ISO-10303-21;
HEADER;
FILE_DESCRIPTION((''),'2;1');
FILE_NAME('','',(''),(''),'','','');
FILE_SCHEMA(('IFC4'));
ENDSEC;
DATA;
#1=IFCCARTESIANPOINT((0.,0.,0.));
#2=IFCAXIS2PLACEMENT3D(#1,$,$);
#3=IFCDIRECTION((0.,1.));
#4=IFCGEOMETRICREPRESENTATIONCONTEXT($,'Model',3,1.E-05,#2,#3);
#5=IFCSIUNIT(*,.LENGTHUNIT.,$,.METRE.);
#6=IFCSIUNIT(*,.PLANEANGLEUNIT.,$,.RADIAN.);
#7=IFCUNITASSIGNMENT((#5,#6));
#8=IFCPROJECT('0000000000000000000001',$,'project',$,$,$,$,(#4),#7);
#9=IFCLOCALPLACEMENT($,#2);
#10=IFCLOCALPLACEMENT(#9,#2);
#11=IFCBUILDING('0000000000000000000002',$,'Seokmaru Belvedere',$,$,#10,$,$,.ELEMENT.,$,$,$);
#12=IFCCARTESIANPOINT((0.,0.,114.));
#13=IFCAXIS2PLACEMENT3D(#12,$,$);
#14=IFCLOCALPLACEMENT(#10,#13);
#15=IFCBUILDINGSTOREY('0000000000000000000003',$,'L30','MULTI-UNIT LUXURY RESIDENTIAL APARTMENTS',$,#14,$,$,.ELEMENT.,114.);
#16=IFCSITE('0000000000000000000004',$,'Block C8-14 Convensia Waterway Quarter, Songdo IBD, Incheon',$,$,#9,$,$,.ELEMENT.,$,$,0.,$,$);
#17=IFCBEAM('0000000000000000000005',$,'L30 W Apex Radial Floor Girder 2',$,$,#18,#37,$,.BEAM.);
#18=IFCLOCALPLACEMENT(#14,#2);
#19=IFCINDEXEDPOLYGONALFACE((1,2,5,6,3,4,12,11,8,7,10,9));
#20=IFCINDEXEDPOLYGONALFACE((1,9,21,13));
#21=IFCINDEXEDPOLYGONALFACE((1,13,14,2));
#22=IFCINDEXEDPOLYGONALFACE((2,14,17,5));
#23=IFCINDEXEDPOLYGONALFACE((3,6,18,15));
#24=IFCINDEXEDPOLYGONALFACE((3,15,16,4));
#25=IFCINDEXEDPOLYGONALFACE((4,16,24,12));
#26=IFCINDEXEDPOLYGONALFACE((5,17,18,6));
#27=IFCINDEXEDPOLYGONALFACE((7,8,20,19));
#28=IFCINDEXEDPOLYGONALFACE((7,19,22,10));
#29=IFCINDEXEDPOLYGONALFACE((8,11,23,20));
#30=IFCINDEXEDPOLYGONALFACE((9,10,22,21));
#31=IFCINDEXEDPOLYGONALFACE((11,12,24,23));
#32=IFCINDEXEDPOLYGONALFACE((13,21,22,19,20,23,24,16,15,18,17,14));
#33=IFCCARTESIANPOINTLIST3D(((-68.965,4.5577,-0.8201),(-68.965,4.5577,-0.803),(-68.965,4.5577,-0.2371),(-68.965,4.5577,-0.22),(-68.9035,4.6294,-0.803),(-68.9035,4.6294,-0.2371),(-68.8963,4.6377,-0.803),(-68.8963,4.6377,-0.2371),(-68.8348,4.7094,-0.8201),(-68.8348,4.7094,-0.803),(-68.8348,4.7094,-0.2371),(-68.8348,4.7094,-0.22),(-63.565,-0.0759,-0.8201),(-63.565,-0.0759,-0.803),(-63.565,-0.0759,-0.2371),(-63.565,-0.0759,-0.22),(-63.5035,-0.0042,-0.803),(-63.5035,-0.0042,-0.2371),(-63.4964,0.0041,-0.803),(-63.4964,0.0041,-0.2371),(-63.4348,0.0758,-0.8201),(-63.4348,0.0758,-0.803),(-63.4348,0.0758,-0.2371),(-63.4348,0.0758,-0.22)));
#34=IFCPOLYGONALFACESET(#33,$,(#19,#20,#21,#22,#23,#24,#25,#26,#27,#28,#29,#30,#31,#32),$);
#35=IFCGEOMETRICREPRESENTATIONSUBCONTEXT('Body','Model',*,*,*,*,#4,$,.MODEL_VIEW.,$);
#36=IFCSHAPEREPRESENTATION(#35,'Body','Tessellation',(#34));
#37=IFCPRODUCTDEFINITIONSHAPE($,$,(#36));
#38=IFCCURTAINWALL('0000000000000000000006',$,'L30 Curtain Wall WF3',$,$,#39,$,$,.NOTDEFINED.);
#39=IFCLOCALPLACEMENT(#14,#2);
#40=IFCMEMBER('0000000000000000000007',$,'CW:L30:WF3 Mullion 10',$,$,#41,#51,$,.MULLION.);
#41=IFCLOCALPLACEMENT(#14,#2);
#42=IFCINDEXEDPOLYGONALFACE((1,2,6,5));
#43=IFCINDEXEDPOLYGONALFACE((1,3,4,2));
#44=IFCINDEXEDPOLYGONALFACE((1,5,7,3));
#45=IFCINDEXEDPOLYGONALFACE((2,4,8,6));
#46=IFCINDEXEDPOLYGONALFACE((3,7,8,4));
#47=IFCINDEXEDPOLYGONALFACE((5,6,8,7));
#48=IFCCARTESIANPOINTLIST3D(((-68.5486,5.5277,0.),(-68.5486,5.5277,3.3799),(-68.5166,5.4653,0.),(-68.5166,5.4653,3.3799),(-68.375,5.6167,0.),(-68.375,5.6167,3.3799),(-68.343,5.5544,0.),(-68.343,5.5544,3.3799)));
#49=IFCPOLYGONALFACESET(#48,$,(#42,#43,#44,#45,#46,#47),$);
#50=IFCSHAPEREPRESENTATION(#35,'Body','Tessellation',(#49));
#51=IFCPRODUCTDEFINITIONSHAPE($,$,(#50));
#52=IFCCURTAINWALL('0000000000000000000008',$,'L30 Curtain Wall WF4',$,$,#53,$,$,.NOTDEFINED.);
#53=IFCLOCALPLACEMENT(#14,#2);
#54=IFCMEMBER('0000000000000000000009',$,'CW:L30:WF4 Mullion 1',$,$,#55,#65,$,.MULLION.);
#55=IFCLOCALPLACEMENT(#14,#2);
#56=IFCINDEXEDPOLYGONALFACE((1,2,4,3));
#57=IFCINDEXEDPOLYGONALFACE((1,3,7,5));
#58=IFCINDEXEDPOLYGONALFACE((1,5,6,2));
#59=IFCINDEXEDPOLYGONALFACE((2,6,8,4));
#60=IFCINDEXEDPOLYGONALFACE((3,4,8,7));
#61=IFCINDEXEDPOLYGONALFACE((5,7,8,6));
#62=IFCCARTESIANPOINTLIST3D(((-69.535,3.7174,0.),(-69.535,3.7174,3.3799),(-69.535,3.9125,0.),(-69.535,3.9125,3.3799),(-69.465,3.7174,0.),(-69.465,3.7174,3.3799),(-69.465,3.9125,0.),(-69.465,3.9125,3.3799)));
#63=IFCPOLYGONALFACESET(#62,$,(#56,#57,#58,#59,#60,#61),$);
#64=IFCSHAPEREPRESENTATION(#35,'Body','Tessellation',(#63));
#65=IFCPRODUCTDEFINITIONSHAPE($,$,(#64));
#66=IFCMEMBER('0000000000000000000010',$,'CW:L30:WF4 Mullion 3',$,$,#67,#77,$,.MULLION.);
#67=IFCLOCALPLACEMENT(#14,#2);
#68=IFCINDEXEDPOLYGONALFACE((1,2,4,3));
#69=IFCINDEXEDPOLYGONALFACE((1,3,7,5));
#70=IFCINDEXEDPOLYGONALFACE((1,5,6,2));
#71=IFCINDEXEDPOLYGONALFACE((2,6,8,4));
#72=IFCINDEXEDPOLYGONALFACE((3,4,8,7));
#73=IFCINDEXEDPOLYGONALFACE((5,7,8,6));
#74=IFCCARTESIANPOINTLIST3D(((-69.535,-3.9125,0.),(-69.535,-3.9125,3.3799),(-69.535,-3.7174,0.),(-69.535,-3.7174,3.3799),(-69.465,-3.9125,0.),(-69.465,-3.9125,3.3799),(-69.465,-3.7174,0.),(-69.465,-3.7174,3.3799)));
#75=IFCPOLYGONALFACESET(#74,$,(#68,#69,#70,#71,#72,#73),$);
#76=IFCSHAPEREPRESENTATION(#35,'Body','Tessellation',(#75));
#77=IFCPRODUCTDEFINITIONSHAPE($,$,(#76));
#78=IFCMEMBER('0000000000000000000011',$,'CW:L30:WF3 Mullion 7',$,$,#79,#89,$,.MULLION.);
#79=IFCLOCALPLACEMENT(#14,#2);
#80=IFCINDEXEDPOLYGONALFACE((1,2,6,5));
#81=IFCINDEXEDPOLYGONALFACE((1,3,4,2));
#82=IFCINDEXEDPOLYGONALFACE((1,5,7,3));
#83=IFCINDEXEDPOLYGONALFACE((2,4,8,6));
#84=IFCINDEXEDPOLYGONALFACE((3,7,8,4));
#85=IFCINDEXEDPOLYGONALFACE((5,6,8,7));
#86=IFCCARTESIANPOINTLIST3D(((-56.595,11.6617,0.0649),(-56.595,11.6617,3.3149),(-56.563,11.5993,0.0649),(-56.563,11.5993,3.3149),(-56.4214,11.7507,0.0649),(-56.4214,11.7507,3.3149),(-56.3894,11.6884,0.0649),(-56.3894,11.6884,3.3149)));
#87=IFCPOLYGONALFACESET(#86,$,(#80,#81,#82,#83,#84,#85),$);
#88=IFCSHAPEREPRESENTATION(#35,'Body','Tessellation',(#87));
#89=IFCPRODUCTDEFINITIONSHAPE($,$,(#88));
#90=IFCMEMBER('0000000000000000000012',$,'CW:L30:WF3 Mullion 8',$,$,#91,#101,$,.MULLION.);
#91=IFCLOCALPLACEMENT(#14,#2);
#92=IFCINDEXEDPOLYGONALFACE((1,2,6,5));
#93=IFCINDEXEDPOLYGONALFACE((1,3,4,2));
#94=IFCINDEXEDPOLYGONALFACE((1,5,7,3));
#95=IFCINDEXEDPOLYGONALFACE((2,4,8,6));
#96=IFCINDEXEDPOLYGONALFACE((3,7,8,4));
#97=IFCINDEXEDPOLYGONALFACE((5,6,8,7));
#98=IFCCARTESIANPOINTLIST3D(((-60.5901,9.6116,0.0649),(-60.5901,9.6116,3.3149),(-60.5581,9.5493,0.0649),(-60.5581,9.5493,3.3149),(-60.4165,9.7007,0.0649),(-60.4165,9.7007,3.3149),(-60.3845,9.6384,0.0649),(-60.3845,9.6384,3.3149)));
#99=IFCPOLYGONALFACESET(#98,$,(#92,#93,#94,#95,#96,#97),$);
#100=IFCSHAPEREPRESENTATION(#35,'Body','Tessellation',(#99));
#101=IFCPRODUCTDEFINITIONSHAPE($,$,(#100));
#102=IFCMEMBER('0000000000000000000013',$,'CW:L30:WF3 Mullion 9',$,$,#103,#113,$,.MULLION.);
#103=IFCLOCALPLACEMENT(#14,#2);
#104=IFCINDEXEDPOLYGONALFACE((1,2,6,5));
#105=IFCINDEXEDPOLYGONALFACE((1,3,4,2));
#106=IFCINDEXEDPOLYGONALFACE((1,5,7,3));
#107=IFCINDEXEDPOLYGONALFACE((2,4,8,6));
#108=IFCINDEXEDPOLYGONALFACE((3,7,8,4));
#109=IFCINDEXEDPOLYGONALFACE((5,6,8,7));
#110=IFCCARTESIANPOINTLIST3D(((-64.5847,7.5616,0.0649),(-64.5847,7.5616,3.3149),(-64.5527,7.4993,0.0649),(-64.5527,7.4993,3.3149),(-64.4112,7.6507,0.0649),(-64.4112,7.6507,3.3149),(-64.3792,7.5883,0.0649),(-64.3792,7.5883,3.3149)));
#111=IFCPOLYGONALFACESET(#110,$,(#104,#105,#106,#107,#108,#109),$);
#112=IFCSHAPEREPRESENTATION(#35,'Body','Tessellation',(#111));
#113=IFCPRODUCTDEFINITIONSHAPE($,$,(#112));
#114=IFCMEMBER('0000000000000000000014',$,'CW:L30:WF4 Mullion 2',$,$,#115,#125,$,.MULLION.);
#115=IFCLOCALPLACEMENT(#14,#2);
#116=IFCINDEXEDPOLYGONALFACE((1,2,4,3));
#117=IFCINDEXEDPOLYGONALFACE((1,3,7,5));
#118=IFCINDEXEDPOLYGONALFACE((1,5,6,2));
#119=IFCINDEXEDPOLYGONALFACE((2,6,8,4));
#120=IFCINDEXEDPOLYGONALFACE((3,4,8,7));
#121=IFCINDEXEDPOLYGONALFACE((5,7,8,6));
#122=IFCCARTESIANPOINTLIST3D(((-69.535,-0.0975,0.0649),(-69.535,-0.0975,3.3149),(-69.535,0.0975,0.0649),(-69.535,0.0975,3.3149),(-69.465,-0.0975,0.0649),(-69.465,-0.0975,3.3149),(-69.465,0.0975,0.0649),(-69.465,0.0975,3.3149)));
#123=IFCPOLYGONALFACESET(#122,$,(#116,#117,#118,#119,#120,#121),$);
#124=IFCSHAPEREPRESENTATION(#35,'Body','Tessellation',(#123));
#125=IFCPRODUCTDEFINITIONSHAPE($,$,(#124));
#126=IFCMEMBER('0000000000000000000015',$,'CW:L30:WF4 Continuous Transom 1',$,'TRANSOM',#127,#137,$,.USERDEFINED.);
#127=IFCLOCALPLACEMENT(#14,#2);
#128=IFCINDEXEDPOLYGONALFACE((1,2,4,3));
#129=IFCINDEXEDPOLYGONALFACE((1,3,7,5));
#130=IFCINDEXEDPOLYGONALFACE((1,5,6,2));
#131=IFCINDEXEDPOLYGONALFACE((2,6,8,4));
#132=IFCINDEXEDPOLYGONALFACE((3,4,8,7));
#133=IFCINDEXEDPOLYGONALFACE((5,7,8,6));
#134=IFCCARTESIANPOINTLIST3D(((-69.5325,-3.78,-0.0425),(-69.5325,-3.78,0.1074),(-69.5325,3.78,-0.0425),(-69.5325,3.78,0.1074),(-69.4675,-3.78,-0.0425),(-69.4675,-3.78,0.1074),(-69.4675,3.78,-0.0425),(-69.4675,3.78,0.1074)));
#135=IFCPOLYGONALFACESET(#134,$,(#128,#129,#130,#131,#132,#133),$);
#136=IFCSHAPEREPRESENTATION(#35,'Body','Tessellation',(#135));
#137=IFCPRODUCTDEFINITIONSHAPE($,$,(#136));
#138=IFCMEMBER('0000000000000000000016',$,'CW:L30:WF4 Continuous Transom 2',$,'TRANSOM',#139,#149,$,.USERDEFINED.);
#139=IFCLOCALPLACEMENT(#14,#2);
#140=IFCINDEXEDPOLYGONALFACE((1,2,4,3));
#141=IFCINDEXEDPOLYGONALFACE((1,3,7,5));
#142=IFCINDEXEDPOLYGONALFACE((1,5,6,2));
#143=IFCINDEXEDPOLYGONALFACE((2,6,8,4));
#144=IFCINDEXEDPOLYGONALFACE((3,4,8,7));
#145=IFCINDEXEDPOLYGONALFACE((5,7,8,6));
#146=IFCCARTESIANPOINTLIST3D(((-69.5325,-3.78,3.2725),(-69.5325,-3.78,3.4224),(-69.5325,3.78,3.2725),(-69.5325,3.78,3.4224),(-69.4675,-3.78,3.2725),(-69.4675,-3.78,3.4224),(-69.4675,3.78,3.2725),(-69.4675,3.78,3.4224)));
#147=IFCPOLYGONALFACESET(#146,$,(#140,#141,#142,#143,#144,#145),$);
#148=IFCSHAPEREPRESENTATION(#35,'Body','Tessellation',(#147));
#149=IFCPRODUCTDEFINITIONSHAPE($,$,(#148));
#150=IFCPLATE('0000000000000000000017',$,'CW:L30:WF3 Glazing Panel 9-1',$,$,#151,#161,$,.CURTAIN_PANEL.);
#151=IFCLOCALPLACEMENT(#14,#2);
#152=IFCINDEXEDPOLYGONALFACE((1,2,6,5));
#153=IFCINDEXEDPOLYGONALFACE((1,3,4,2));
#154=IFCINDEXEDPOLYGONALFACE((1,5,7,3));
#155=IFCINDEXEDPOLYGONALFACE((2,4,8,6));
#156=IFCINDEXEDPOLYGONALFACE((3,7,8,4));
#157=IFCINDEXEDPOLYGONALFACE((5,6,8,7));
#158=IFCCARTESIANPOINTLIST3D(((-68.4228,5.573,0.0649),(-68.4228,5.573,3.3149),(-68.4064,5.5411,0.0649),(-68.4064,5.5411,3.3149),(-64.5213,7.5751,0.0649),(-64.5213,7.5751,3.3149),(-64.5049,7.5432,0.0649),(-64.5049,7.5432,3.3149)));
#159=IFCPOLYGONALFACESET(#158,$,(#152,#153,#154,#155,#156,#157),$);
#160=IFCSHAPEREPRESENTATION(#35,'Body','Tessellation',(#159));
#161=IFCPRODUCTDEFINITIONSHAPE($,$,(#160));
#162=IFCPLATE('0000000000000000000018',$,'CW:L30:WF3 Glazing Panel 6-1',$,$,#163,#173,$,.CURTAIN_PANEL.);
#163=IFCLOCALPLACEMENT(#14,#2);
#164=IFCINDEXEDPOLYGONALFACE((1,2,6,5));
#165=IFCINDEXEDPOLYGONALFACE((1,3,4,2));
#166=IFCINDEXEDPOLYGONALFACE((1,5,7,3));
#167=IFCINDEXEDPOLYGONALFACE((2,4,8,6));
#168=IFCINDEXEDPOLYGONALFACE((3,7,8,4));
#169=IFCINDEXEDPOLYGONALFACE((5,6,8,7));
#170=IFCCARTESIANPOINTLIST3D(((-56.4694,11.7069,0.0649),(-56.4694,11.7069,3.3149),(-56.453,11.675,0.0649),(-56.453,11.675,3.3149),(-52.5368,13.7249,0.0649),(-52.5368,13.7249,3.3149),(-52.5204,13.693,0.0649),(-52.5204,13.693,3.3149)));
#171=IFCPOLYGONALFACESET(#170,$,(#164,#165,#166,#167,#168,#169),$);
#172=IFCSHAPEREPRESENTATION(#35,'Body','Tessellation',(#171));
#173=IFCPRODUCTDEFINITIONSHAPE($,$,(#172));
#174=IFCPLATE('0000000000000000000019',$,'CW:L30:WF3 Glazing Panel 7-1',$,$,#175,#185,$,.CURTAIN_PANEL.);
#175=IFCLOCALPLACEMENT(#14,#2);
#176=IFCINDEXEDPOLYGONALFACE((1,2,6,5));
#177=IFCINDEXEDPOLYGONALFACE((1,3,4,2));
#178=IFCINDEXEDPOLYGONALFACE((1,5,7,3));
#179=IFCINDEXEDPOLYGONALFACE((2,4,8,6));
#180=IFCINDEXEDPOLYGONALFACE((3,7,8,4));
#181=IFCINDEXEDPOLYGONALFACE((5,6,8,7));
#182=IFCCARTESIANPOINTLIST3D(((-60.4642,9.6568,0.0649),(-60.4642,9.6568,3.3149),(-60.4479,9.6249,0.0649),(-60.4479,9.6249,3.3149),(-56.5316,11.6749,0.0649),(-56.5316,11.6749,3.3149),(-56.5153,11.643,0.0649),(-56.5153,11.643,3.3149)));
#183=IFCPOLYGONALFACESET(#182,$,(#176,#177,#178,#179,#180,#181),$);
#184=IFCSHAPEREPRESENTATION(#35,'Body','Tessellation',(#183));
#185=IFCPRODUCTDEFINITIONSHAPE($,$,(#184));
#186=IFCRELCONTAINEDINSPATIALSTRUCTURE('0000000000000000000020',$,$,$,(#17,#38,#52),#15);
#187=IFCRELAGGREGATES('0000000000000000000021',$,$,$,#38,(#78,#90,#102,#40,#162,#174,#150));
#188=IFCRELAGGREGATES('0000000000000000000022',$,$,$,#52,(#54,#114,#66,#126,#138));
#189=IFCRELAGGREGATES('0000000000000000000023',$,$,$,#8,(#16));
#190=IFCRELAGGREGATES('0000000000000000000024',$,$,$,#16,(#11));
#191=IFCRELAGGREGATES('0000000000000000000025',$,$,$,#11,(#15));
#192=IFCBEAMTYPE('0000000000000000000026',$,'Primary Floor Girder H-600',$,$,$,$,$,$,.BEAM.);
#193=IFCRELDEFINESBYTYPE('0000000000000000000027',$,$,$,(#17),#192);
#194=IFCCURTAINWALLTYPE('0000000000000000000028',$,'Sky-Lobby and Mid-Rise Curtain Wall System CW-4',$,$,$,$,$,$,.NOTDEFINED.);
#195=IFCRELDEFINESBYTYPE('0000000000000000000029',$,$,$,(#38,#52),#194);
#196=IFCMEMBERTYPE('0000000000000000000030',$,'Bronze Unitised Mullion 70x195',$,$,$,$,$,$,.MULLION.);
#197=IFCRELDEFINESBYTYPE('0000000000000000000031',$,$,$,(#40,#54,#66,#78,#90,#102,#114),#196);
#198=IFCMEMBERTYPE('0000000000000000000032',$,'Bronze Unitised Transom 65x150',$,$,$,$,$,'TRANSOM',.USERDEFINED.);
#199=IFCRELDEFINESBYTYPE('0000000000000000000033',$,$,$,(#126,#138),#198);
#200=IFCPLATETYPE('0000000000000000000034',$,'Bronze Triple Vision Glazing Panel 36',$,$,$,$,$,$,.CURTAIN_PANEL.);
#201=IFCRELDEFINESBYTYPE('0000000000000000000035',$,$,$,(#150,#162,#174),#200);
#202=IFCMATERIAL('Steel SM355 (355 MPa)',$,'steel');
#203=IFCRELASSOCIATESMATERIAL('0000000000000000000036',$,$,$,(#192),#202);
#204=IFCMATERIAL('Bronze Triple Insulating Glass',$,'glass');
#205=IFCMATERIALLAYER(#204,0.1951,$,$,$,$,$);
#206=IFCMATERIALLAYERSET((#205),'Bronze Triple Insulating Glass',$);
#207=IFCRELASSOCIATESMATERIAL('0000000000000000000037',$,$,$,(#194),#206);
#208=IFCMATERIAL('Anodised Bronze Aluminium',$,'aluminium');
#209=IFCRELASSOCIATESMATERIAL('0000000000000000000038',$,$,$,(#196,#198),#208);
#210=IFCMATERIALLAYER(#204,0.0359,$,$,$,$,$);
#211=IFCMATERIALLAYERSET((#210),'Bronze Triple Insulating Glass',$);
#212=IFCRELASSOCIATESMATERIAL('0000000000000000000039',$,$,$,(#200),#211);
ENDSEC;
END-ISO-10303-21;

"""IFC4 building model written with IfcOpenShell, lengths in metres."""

from ifc_helpers import new_model, si_unit, direction, frame, origin, origin_2d, place, context, subcontext, project, spatial, rectangle, i_section, extrude, source, transform, mapped, material, layer, layer_set, material_profile, profile_set, type_object, type_shapes, element, aggregate, save


model = new_model("IFC4")

# Units and contexts
model_context = context("Model", 3, precision=1e-05, world=origin(), true_north=direction((0.0, 1.0)))
body_context = subcontext(model_context, "Body", "Model", "MODEL_VIEW")
ifc_project = project(units=[si_unit("LENGTHUNIT", "METRE"), si_unit("PLANEANGLEUNIT", "RADIAN")], contexts=[model_context])

# Site, building, storey
site_placement = place(None, origin())
site = spatial("IfcSite", under=ifc_project, at=site_placement, Name="Block C8-14 Convensia Waterway Quarter, Songdo IBD, Incheon", CompositionType="ELEMENT", RefElevation=0.0)
building_placement = place(site_placement, origin())
building = spatial("IfcBuilding", under=site, at=building_placement, Name="Seokmaru Belvedere", CompositionType="ELEMENT")
storey_placement = place(building_placement, frame((0.0, 0.0, 114.0)))
storey = spatial("IfcBuildingStorey", under=building, at=storey_placement, Name="L30", Description="MULTI-UNIT LUXURY RESIDENTIAL APARTMENTS", CompositionType="ELEMENT", Elevation=114.0)

# Shared definitions
ifc_material_1 = material(Name="Steel SM355 (355 MPa)", Category="steel")

# Beam
ifc_material_profile_1 = material_profile(ifc_material_1, i_section(OverallWidth=0.2, OverallDepth=0.6001, WebThickness=0.011, FlangeThickness=0.0171, at=origin_2d()), Name="H-600x200x11x17")
ifc_profile_set_1 = profile_set([ifc_material_profile_1], Name="Steel SM355 (355 MPa)")
beam_type_1 = type_object("IfcBeamType", Name="Primary Floor Girder H-600", PredefinedType="BEAM", material=ifc_profile_set_1)
shared_shape_1 = source(origin(), body_context, "Body", "SweptSolid", [
    extrude(i_section(OverallWidth=0.2, OverallDepth=0.6001, WebThickness=0.011, FlangeThickness=0.0171, at=origin_2d()), origin(), (0.0, 0.0, 1.0), 7.1155),
])
beam_1_placement = place(storey_placement, frame((-68.8999, 4.6335, -0.52), z_axis=(0.758905, -0.651201, 0.0), x_axis=(0.651201, 0.758905, 0.0)))
element("IfcBeam", 1, at=beam_1_placement, inside=storey, type_object=beam_type_1, Name="L30 W Apex Radial Floor Girder 2", PredefinedType="BEAM", context=body_context, shape_type="MappedRepresentation", body=[
    mapped(shared_shape_1, transform((0.0, 0.0, 0.0), scale=1.0)),
])

# Curtain wall, member
ifc_material_2 = material(Name="Bronze Triple Insulating Glass", Category="glass")
ifc_layer_1 = layer(ifc_material_2, 0.1951)
ifc_layer_set_1 = layer_set([ifc_layer_1], Name="Bronze Triple Insulating Glass")
curtain_wall_type = type_object("IfcCurtainWallType", Name="Sky-Lobby and Mid-Rise Curtain Wall System CW-4", PredefinedType="NOTDEFINED", material=ifc_layer_set_1)
curtain_wall_1_placement = place(storey_placement, origin())
curtain_wall_1 = element("IfcCurtainWall", 2, at=curtain_wall_1_placement, inside=storey, type_object=curtain_wall_type, Name="L30 Curtain Wall WF3", PredefinedType="NOTDEFINED")
ifc_material_3 = material(Name="Anodised Bronze Aluminium", Category="aluminium")
ifc_material_profile_2 = material_profile(ifc_material_3, rectangle(XDim=0.0701, YDim=0.1951, at=origin_2d()), Name="CW-M-70x195")
ifc_profile_set_2 = profile_set([ifc_material_profile_2], Name="Anodised Bronze Aluminium")
member_type_1 = type_object("IfcMemberType", Name="Bronze Unitised Mullion 70x195", PredefinedType="MULLION", material=ifc_profile_set_2)
shared_shape_2 = source(origin(), body_context, "Body", "SweptSolid", [
    extrude(rectangle(XDim=0.0701, YDim=0.1951, at=origin_2d()), origin(), (0.0, 0.0, 1.0), 3.3799),
])
member_1_placement = place(storey_placement, frame((-68.4458, 5.541, 0.0), z_axis=(0.0, 0.0, 1.0), x_axis=(0.456555, -0.889695, 0.0)))
member_1 = element("IfcMember", 3, at=member_1_placement, type_object=member_type_1, Name="CW:L30:WF3 Mullion 10", PredefinedType="MULLION", context=body_context, shape_type="MappedRepresentation", body=[
    mapped(shared_shape_2, transform((0.0, 0.0, 0.0), scale=1.0)),
])

# Curtain wall, members
curtain_wall_2_placement = place(storey_placement, origin())
curtain_wall_2 = element("IfcCurtainWall", 4, at=curtain_wall_2_placement, inside=storey, type_object=curtain_wall_type, Name="L30 Curtain Wall WF4", PredefinedType="NOTDEFINED")
member_2_placement = place(storey_placement, frame((-69.5, 3.8149, 0.0), z_axis=(0.0, 0.0, 1.0), x_axis=(1.0, 0.0, 0.0)))
member_2 = element("IfcMember", 5, at=member_2_placement, type_object=member_type_1, Name="CW:L30:WF4 Mullion 1", PredefinedType="MULLION", context=body_context, shape_type="MappedRepresentation", body=[
    mapped(shared_shape_2, transform((0.0, 0.0, 0.0), scale=1.0)),
])
member_3_placement = place(storey_placement, frame((-69.5, -3.8149, 0.0), z_axis=(0.0, 0.0, 1.0), x_axis=(1.0, 0.0, 0.0)))
member_3 = element("IfcMember", 6, at=member_3_placement, type_object=member_type_1, Name="CW:L30:WF4 Mullion 3", PredefinedType="MULLION", context=body_context, shape_type="MappedRepresentation", body=[
    mapped(shared_shape_2, transform((0.0, 0.0, 0.0), scale=1.0)),
])

# Members
shared_shape_3 = source(origin(), body_context, "Body", "SweptSolid", [
    extrude(rectangle(XDim=0.0701, YDim=0.1951, at=origin_2d()), origin(), (0.0, 0.0, 1.0), 3.25),
])
type_shapes(member_type_1, [shared_shape_2, shared_shape_3])
member_4_placement = place(storey_placement, frame((-56.4922, 11.675, 0.0649), z_axis=(0.0, 0.0, 1.0), x_axis=(0.456555, -0.889695, 0.0)))
member_4 = element("IfcMember", 7, at=member_4_placement, type_object=member_type_1, Name="CW:L30:WF3 Mullion 7", PredefinedType="MULLION", context=body_context, shape_type="MappedRepresentation", body=[
    mapped(shared_shape_3, transform((0.0, 0.0, 0.0), scale=1.0)),
])
member_5_placement = place(storey_placement, frame((-60.4873, 9.625, 0.0649), z_axis=(0.0, 0.0, 1.0), x_axis=(0.456555, -0.889695, 0.0)))
member_5 = element("IfcMember", 8, at=member_5_placement, type_object=member_type_1, Name="CW:L30:WF3 Mullion 8", PredefinedType="MULLION", context=body_context, shape_type="MappedRepresentation", body=[
    mapped(shared_shape_3, transform((0.0, 0.0, 0.0), scale=1.0)),
])
member_6_placement = place(storey_placement, frame((-64.4819, 7.575, 0.0649), z_axis=(0.0, 0.0, 1.0), x_axis=(0.456555, -0.889695, 0.0)))
member_6 = element("IfcMember", 9, at=member_6_placement, type_object=member_type_1, Name="CW:L30:WF3 Mullion 9", PredefinedType="MULLION", context=body_context, shape_type="MappedRepresentation", body=[
    mapped(shared_shape_3, transform((0.0, 0.0, 0.0), scale=1.0)),
])
member_7_placement = place(storey_placement, frame((-69.5, 0.0, 0.0649), z_axis=(0.0, 0.0, 1.0), x_axis=(1.0, 0.0, 0.0)))
member_7 = element("IfcMember", 10, at=member_7_placement, type_object=member_type_1, Name="CW:L30:WF4 Mullion 2", PredefinedType="MULLION", context=body_context, shape_type="MappedRepresentation", body=[
    mapped(shared_shape_3, transform((0.0, 0.0, 0.0), scale=1.0)),
])
ifc_material_profile_3 = material_profile(ifc_material_3, rectangle(XDim=0.0649, YDim=0.1499, at=origin_2d()), Name="CW-T-65x150")
ifc_profile_set_3 = profile_set([ifc_material_profile_3], Name="Anodised Bronze Aluminium")
member_type_2 = type_object("IfcMemberType", Name="Bronze Unitised Transom 65x150", ElementType="TRANSOM", PredefinedType="USERDEFINED", material=ifc_profile_set_3)
shared_shape_4 = source(origin(), body_context, "Body", "SweptSolid", [
    extrude(rectangle(XDim=0.0649, YDim=0.1499, at=origin_2d()), origin(), (0.0, 0.0, 1.0), 7.5601),
])
type_shapes(member_type_2, [shared_shape_4])
member_8_placement = place(storey_placement, frame((-69.5, 3.78, 0.0325), z_axis=(0.0, -1.0, 0.0), x_axis=(1.0, 0.0, 0.0)))
member_8 = element("IfcMember", 11, at=member_8_placement, type_object=member_type_2, Name="CW:L30:WF4 Continuous Transom 1", ObjectType="TRANSOM", PredefinedType="USERDEFINED", context=body_context, shape_type="MappedRepresentation", body=[
    mapped(shared_shape_4, transform((0.0, 0.0, 0.0), scale=1.0)),
])
member_9_placement = place(storey_placement, frame((-69.5, 3.78, 3.3474), z_axis=(0.0, -1.0, 0.0), x_axis=(1.0, 0.0, 0.0)))
member_9 = element("IfcMember", 12, at=member_9_placement, type_object=member_type_2, Name="CW:L30:WF4 Continuous Transom 2", ObjectType="TRANSOM", PredefinedType="USERDEFINED", context=body_context, shape_type="MappedRepresentation", body=[
    mapped(shared_shape_4, transform((0.0, 0.0, 0.0), scale=1.0)),
])

# Plates
ifc_layer_2 = layer(ifc_material_2, 0.0359)
ifc_layer_set_2 = layer_set([ifc_layer_2], Name="Bronze Triple Insulating Glass")
plate_type = type_object("IfcPlateType", Name="Bronze Triple Vision Glazing Panel 36", PredefinedType="CURTAIN_PANEL", material=ifc_layer_set_2)
shared_shape_5 = source(origin(), body_context, "Body", "SweptSolid", [
    extrude(rectangle(XDim=4.3853, YDim=0.0359, at=origin_2d()), origin(), (0.0, 0.0, 1.0), 3.25),
])
plate_1_placement = place(storey_placement, frame((-66.4639, 6.5581, 0.0649), z_axis=(0.0, 0.0, 1.0), x_axis=(-0.889695, -0.456555, 0.0)))
plate_1 = element("IfcPlate", 13, at=plate_1_placement, type_object=plate_type, Name="CW:L30:WF3 Glazing Panel 9-1", PredefinedType="CURTAIN_PANEL", context=body_context, shape_type="MappedRepresentation", body=[
    mapped(shared_shape_5, transform((0.0, 0.0, 0.0), scale=1.0)),
])
shared_shape_6 = source(origin(), body_context, "Body", "SweptSolid", [
    extrude(rectangle(XDim=4.4202, YDim=0.0359, at=origin_2d()), origin(), (0.0, 0.0, 1.0), 3.25),
])
plate_2_placement = place(storey_placement, frame((-54.4949, 12.7, 0.0649), z_axis=(0.0, 0.0, 1.0), x_axis=(-0.889695, -0.456555, 0.0)))
plate_2 = element("IfcPlate", 14, at=plate_2_placement, type_object=plate_type, Name="CW:L30:WF3 Glazing Panel 6-1", PredefinedType="CURTAIN_PANEL", context=body_context, shape_type="MappedRepresentation", body=[
    mapped(shared_shape_6, transform((0.0, 0.0, 0.0), scale=1.0)),
])
plate_3_placement = place(storey_placement, frame((-58.4897, 10.6499, 0.0649), z_axis=(0.0, 0.0, 1.0), x_axis=(-0.889695, -0.456555, 0.0)))
plate_3 = element("IfcPlate", 15, at=plate_3_placement, type_object=plate_type, Name="CW:L30:WF3 Glazing Panel 7-1", PredefinedType="CURTAIN_PANEL", context=body_context, shape_type="MappedRepresentation", body=[
    mapped(shared_shape_6, transform((0.0, 0.0, 0.0), scale=1.0)),
])
aggregate(curtain_wall_1, [member_4, member_5, member_6, member_1, plate_2, plate_3, plate_1])
aggregate(curtain_wall_2, [member_2, member_7, member_3, member_8, member_9])

save(model, "model.ifc")
